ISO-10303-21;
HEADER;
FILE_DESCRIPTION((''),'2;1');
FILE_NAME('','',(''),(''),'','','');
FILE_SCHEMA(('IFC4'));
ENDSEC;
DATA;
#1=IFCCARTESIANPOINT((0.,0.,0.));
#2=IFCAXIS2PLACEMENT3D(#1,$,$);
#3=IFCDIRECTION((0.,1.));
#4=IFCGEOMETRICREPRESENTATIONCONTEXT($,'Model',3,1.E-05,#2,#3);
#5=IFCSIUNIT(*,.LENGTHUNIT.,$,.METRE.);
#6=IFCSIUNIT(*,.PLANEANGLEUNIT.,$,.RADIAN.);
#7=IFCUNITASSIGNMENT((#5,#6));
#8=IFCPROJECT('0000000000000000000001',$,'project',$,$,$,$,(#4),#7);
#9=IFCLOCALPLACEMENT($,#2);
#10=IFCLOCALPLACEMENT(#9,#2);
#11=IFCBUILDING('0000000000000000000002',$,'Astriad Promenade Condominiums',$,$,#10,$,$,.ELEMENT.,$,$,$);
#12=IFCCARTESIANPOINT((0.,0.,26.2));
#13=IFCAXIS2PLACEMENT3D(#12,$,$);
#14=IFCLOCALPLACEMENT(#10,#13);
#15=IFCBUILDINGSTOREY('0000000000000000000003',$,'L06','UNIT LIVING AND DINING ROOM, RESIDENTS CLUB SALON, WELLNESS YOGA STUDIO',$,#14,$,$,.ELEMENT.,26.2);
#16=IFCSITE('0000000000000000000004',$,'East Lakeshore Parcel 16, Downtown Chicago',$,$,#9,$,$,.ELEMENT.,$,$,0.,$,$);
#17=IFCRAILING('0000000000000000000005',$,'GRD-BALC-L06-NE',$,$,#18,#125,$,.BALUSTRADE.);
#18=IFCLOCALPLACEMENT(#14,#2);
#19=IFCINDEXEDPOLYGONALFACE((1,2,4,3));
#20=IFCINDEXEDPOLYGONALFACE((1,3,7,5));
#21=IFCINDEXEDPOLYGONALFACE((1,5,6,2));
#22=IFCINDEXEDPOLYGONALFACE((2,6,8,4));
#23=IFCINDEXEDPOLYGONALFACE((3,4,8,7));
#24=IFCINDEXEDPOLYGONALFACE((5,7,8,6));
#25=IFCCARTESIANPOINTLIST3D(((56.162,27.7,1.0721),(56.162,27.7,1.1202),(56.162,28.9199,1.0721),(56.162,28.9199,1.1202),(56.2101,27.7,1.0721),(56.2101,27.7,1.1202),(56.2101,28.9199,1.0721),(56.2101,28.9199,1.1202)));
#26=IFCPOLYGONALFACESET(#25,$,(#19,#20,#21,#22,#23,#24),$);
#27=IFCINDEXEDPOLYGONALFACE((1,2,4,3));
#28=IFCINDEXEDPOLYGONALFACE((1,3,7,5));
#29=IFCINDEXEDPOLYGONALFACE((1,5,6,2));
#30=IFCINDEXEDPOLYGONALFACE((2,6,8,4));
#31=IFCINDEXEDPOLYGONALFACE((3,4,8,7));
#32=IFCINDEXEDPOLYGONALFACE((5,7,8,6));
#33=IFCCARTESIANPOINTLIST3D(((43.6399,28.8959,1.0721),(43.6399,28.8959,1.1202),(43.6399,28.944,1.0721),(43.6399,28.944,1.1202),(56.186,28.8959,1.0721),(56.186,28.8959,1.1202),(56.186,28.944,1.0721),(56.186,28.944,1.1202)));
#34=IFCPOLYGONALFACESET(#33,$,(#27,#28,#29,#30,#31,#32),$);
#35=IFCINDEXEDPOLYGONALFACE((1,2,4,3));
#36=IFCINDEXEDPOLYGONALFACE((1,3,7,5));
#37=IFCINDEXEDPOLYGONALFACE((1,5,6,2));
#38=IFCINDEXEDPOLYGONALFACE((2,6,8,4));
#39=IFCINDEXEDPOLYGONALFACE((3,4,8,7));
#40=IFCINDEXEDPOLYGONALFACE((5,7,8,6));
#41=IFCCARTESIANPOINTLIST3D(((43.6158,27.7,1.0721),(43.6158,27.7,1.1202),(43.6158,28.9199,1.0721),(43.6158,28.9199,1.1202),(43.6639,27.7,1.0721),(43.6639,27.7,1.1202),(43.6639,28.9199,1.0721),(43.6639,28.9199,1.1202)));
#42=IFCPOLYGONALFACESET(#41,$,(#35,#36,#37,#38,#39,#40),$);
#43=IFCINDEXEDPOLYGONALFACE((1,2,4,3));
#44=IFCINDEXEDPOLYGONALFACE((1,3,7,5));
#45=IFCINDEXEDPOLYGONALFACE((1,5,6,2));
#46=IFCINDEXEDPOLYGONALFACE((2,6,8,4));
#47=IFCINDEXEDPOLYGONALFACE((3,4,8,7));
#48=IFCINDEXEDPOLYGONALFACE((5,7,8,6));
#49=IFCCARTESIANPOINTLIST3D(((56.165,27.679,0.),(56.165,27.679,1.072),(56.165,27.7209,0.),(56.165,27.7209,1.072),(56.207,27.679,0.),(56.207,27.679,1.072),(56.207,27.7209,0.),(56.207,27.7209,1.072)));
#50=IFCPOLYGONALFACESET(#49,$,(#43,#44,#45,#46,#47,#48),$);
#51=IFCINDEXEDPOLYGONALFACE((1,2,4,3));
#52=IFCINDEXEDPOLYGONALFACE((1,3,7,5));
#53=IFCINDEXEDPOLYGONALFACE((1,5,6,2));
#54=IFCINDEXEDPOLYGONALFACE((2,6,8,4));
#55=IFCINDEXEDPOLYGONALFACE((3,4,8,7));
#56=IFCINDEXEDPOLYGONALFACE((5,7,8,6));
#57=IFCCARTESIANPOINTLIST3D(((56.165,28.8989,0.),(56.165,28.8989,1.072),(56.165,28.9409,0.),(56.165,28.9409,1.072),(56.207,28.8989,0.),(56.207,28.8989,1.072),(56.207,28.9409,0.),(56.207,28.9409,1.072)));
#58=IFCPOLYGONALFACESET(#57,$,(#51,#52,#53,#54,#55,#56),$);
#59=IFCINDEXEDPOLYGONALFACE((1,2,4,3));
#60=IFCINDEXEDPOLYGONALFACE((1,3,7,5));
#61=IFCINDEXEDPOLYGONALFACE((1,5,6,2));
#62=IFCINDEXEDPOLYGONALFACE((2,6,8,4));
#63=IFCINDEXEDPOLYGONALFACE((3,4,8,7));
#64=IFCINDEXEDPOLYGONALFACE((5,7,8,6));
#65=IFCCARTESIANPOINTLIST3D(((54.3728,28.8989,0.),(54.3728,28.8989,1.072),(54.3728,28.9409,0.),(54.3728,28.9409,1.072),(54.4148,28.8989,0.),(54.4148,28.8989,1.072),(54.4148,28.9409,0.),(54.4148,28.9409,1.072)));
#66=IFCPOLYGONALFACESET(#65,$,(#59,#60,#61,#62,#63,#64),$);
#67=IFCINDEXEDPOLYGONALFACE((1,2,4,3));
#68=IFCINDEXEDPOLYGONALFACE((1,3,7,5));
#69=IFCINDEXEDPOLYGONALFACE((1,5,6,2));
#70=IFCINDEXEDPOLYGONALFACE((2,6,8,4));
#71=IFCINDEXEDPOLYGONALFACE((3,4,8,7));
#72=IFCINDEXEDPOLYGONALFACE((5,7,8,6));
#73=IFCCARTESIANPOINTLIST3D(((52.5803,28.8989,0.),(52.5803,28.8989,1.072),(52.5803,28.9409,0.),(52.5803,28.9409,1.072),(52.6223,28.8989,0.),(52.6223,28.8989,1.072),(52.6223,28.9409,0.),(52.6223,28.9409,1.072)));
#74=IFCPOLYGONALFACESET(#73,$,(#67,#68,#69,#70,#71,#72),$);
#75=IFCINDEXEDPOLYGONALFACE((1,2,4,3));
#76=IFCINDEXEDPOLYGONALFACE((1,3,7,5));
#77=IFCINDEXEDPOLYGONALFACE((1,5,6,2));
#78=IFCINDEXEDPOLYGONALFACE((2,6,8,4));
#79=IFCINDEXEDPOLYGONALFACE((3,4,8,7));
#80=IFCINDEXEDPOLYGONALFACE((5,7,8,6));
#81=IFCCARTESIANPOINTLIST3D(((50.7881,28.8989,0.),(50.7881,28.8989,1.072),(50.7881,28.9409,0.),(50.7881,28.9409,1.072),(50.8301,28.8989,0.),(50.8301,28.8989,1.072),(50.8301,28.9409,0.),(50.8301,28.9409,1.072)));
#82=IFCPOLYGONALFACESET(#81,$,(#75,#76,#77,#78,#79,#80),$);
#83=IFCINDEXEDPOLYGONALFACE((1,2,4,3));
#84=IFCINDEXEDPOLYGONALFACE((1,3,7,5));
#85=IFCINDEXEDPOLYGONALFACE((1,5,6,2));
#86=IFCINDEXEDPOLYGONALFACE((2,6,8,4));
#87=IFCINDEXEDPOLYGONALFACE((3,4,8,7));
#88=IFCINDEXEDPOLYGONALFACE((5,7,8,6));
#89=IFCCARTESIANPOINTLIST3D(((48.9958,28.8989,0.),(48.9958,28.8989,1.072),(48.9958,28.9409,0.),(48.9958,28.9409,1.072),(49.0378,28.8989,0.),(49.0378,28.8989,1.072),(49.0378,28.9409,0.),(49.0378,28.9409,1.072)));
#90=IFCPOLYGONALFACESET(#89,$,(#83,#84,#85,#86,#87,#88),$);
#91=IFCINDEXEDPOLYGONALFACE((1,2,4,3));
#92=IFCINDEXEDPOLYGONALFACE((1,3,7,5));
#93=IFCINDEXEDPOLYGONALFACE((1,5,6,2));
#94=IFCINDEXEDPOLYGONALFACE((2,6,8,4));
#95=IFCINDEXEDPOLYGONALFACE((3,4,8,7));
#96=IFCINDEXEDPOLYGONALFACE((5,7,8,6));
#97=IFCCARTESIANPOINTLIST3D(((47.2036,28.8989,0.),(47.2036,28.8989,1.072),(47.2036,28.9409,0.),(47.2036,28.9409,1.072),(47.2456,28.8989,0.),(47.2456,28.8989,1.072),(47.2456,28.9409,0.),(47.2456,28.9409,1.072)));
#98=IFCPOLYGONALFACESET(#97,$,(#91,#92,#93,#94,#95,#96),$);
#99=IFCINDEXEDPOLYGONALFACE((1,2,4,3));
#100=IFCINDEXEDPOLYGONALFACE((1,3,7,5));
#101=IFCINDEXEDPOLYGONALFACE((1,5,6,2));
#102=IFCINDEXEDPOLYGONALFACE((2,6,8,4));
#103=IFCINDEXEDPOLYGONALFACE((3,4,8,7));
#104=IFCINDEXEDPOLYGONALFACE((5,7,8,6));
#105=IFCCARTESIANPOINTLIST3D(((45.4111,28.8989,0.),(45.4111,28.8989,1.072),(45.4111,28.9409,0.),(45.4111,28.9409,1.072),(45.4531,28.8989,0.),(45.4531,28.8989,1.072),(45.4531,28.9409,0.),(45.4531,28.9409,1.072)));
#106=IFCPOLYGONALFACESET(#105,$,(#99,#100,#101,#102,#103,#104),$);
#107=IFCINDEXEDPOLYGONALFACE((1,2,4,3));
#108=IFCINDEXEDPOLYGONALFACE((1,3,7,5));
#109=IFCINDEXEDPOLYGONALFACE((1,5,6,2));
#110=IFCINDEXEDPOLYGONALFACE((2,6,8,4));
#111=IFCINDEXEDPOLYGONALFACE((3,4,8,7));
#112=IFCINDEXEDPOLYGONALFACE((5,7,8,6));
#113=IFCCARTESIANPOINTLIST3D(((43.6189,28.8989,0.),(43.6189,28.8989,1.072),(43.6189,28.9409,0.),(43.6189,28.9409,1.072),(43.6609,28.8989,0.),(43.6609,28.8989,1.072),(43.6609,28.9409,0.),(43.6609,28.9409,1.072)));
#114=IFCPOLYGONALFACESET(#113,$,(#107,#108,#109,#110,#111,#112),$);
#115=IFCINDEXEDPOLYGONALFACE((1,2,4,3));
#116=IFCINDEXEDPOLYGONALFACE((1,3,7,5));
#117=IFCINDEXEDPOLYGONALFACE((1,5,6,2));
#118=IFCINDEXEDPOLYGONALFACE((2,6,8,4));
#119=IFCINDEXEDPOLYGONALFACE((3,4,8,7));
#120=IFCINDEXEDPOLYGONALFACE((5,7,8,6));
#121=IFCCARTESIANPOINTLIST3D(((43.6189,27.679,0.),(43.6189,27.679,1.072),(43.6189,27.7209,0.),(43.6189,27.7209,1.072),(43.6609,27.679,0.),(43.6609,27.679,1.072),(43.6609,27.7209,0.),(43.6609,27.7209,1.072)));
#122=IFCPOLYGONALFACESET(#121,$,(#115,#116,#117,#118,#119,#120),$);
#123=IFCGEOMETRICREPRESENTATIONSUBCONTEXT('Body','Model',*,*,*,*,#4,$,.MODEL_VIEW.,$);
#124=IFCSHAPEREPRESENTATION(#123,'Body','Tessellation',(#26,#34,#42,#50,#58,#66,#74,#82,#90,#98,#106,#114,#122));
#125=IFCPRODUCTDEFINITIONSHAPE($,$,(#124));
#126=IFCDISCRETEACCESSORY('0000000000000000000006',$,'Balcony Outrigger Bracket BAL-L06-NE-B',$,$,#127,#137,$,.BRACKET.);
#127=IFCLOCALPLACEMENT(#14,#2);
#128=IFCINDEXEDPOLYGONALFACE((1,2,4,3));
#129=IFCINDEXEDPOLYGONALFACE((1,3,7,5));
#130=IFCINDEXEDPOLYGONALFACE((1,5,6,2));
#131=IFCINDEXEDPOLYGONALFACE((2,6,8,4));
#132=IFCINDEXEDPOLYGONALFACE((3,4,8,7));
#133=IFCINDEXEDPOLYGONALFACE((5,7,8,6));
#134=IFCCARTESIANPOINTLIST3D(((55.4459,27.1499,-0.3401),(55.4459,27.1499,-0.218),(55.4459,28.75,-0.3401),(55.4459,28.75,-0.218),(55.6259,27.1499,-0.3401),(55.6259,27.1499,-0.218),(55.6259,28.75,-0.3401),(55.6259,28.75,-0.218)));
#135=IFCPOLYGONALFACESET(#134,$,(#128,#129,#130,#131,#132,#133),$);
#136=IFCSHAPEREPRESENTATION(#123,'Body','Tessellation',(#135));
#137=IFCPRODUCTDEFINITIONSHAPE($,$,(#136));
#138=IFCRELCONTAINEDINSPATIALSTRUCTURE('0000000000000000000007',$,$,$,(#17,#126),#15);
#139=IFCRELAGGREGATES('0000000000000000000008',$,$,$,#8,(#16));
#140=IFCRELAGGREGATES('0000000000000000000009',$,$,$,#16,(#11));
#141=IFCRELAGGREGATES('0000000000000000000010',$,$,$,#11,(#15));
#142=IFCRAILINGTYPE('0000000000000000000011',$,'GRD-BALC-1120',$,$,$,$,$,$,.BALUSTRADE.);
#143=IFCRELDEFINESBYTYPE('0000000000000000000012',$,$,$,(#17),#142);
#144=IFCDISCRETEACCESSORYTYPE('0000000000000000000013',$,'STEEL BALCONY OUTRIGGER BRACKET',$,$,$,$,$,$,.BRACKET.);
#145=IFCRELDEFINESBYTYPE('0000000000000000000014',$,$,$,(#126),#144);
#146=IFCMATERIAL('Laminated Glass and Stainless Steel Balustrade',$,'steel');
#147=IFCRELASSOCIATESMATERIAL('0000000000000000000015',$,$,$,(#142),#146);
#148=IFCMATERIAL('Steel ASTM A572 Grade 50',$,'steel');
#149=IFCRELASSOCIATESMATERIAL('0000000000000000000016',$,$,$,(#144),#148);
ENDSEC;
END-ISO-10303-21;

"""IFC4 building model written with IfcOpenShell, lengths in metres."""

from ifc_helpers import new_model, si_unit, direction, frame, origin, origin_2d, place, context, subcontext, project, spatial, rectangle, extrude, source, transform, mapped, material, type_object, type_shapes, element, save


model = new_model("IFC4")

# Units and contexts
model_context = context("Model", 3, precision=1e-05, world=origin(), true_north=direction((0.0, 1.0)))
body_context = subcontext(model_context, "Body", "Model", "MODEL_VIEW")
ifc_project = project(units=[si_unit("LENGTHUNIT", "METRE"), si_unit("PLANEANGLEUNIT", "RADIAN")], contexts=[model_context])

# Site, building, storey
site_placement = place(None, origin())
site = spatial("IfcSite", under=ifc_project, at=site_placement, Name="East Lakeshore Parcel 16, Downtown Chicago", CompositionType="ELEMENT", RefElevation=0.0)
building_placement = place(site_placement, origin())
building = spatial("IfcBuilding", under=site, at=building_placement, Name="Astriad Promenade Condominiums", CompositionType="ELEMENT")
storey_placement = place(building_placement, frame((0.0, 0.0, 26.2)))
storey = spatial("IfcBuildingStorey", under=building, at=storey_placement, Name="L06", Description="UNIT LIVING AND DINING ROOM, RESIDENTS CLUB SALON, WELLNESS YOGA STUDIO", CompositionType="ELEMENT", Elevation=26.2)

# Railing
ifc_material_1 = material(Name="Laminated Glass and Stainless Steel Balustrade", Category="steel")
railing_type = type_object("IfcRailingType", Name="GRD-BALC-1120", PredefinedType="BALUSTRADE", material=ifc_material_1)
shared_shape_1 = source(origin(), body_context, "Body", "SweptSolid", [
    extrude(rectangle(XDim=0.0481, YDim=0.0481, at=origin_2d()), frame((0.0, 0.0, 1.0962), z_axis=(0.0, 1.0, 0.0), x_axis=(-1.0, 0.0, 0.0)), (0.0, 0.0, 1.0), 1.22),
    extrude(rectangle(XDim=0.0481, YDim=0.0481, at=origin_2d()), frame((0.0, 1.22, 1.0962), z_axis=(-1.0, 0.0, 0.0), x_axis=(0.0, -1.0, 0.0)), (0.0, 0.0, 1.0), 12.5461),
    extrude(rectangle(XDim=0.0481, YDim=0.0481, at=origin_2d()), frame((-12.5461, 1.22, 1.0962), z_axis=(0.0, -1.0, 0.0), x_axis=(1.0, 0.0, 0.0)), (0.0, 0.0, 1.0), 1.22),
    extrude(rectangle(XDim=0.042, YDim=0.042, at=origin_2d()), origin(), (0.0, 0.0, 1.0), 1.072),
    extrude(rectangle(XDim=0.042, YDim=0.042, at=origin_2d()), frame((0.0, 1.22, 0.0)), (0.0, 0.0, 1.0), 1.072),
    extrude(rectangle(XDim=0.042, YDim=0.042, at=origin_2d()), frame((-1.7922, 1.22, 0.0)), (0.0, 0.0, 1.0), 1.072),
    extrude(rectangle(XDim=0.042, YDim=0.042, at=origin_2d()), frame((-3.5847, 1.22, 0.0)), (0.0, 0.0, 1.0), 1.072),
    extrude(rectangle(XDim=0.042, YDim=0.042, at=origin_2d()), frame((-5.377, 1.22, 0.0)), (0.0, 0.0, 1.0), 1.072),
    extrude(rectangle(XDim=0.042, YDim=0.042, at=origin_2d()), frame((-7.1692, 1.22, 0.0)), (0.0, 0.0, 1.0), 1.072),
    extrude(rectangle(XDim=0.042, YDim=0.042, at=origin_2d()), frame((-8.9614, 1.22, 0.0)), (0.0, 0.0, 1.0), 1.072),
    extrude(rectangle(XDim=0.042, YDim=0.042, at=origin_2d()), frame((-10.7539, 1.22, 0.0)), (0.0, 0.0, 1.0), 1.072),
    extrude(rectangle(XDim=0.042, YDim=0.042, at=origin_2d()), frame((-12.5461, 1.22, 0.0)), (0.0, 0.0, 1.0), 1.072),
    extrude(rectangle(XDim=0.042, YDim=0.042, at=origin_2d()), frame((-12.5461, 0.0, 0.0)), (0.0, 0.0, 1.0), 1.072),
])
type_shapes(railing_type, [shared_shape_1])
railing_placement = place(storey_placement, frame((56.186, 27.7, 0.0)))
element("IfcRailing", 1, at=railing_placement, inside=storey, type_object=railing_type, Name="GRD-BALC-L06-NE", PredefinedType="BALUSTRADE", context=body_context, shape_type="MappedRepresentation", body=[
    mapped(shared_shape_1, transform((0.0, 0.0, 0.0), scale=1.0)),
])

# Discrete accessory
ifc_material_2 = material(Name="Steel ASTM A572 Grade 50", Category="steel")
discrete_accessory_type = type_object("IfcDiscreteAccessoryType", Name="STEEL BALCONY OUTRIGGER BRACKET", PredefinedType="BRACKET", material=ifc_material_2)
shared_shape_2 = source(origin(), body_context, "Body", "SweptSolid", [
    extrude(rectangle(XDim=1.6001, YDim=0.1799, at=origin_2d()), origin(), (0.0, 0.0, 1.0), 0.1221),
])
type_shapes(discrete_accessory_type, [shared_shape_2])
discrete_accessory_placement = place(storey_placement, frame((55.5359, 27.95, -0.3401), z_axis=(0.0, 0.0, 1.0), x_axis=(0.0, 1.0, 0.0)))
element("IfcDiscreteAccessory", 2, at=discrete_accessory_placement, inside=storey, type_object=discrete_accessory_type, Name="Balcony Outrigger Bracket BAL-L06-NE-B", PredefinedType="BRACKET", context=body_context, shape_type="MappedRepresentation", body=[
    mapped(shared_shape_2, transform((0.0, 0.0, 0.0), scale=1.0)),
])

save(model, "model.ifc")
